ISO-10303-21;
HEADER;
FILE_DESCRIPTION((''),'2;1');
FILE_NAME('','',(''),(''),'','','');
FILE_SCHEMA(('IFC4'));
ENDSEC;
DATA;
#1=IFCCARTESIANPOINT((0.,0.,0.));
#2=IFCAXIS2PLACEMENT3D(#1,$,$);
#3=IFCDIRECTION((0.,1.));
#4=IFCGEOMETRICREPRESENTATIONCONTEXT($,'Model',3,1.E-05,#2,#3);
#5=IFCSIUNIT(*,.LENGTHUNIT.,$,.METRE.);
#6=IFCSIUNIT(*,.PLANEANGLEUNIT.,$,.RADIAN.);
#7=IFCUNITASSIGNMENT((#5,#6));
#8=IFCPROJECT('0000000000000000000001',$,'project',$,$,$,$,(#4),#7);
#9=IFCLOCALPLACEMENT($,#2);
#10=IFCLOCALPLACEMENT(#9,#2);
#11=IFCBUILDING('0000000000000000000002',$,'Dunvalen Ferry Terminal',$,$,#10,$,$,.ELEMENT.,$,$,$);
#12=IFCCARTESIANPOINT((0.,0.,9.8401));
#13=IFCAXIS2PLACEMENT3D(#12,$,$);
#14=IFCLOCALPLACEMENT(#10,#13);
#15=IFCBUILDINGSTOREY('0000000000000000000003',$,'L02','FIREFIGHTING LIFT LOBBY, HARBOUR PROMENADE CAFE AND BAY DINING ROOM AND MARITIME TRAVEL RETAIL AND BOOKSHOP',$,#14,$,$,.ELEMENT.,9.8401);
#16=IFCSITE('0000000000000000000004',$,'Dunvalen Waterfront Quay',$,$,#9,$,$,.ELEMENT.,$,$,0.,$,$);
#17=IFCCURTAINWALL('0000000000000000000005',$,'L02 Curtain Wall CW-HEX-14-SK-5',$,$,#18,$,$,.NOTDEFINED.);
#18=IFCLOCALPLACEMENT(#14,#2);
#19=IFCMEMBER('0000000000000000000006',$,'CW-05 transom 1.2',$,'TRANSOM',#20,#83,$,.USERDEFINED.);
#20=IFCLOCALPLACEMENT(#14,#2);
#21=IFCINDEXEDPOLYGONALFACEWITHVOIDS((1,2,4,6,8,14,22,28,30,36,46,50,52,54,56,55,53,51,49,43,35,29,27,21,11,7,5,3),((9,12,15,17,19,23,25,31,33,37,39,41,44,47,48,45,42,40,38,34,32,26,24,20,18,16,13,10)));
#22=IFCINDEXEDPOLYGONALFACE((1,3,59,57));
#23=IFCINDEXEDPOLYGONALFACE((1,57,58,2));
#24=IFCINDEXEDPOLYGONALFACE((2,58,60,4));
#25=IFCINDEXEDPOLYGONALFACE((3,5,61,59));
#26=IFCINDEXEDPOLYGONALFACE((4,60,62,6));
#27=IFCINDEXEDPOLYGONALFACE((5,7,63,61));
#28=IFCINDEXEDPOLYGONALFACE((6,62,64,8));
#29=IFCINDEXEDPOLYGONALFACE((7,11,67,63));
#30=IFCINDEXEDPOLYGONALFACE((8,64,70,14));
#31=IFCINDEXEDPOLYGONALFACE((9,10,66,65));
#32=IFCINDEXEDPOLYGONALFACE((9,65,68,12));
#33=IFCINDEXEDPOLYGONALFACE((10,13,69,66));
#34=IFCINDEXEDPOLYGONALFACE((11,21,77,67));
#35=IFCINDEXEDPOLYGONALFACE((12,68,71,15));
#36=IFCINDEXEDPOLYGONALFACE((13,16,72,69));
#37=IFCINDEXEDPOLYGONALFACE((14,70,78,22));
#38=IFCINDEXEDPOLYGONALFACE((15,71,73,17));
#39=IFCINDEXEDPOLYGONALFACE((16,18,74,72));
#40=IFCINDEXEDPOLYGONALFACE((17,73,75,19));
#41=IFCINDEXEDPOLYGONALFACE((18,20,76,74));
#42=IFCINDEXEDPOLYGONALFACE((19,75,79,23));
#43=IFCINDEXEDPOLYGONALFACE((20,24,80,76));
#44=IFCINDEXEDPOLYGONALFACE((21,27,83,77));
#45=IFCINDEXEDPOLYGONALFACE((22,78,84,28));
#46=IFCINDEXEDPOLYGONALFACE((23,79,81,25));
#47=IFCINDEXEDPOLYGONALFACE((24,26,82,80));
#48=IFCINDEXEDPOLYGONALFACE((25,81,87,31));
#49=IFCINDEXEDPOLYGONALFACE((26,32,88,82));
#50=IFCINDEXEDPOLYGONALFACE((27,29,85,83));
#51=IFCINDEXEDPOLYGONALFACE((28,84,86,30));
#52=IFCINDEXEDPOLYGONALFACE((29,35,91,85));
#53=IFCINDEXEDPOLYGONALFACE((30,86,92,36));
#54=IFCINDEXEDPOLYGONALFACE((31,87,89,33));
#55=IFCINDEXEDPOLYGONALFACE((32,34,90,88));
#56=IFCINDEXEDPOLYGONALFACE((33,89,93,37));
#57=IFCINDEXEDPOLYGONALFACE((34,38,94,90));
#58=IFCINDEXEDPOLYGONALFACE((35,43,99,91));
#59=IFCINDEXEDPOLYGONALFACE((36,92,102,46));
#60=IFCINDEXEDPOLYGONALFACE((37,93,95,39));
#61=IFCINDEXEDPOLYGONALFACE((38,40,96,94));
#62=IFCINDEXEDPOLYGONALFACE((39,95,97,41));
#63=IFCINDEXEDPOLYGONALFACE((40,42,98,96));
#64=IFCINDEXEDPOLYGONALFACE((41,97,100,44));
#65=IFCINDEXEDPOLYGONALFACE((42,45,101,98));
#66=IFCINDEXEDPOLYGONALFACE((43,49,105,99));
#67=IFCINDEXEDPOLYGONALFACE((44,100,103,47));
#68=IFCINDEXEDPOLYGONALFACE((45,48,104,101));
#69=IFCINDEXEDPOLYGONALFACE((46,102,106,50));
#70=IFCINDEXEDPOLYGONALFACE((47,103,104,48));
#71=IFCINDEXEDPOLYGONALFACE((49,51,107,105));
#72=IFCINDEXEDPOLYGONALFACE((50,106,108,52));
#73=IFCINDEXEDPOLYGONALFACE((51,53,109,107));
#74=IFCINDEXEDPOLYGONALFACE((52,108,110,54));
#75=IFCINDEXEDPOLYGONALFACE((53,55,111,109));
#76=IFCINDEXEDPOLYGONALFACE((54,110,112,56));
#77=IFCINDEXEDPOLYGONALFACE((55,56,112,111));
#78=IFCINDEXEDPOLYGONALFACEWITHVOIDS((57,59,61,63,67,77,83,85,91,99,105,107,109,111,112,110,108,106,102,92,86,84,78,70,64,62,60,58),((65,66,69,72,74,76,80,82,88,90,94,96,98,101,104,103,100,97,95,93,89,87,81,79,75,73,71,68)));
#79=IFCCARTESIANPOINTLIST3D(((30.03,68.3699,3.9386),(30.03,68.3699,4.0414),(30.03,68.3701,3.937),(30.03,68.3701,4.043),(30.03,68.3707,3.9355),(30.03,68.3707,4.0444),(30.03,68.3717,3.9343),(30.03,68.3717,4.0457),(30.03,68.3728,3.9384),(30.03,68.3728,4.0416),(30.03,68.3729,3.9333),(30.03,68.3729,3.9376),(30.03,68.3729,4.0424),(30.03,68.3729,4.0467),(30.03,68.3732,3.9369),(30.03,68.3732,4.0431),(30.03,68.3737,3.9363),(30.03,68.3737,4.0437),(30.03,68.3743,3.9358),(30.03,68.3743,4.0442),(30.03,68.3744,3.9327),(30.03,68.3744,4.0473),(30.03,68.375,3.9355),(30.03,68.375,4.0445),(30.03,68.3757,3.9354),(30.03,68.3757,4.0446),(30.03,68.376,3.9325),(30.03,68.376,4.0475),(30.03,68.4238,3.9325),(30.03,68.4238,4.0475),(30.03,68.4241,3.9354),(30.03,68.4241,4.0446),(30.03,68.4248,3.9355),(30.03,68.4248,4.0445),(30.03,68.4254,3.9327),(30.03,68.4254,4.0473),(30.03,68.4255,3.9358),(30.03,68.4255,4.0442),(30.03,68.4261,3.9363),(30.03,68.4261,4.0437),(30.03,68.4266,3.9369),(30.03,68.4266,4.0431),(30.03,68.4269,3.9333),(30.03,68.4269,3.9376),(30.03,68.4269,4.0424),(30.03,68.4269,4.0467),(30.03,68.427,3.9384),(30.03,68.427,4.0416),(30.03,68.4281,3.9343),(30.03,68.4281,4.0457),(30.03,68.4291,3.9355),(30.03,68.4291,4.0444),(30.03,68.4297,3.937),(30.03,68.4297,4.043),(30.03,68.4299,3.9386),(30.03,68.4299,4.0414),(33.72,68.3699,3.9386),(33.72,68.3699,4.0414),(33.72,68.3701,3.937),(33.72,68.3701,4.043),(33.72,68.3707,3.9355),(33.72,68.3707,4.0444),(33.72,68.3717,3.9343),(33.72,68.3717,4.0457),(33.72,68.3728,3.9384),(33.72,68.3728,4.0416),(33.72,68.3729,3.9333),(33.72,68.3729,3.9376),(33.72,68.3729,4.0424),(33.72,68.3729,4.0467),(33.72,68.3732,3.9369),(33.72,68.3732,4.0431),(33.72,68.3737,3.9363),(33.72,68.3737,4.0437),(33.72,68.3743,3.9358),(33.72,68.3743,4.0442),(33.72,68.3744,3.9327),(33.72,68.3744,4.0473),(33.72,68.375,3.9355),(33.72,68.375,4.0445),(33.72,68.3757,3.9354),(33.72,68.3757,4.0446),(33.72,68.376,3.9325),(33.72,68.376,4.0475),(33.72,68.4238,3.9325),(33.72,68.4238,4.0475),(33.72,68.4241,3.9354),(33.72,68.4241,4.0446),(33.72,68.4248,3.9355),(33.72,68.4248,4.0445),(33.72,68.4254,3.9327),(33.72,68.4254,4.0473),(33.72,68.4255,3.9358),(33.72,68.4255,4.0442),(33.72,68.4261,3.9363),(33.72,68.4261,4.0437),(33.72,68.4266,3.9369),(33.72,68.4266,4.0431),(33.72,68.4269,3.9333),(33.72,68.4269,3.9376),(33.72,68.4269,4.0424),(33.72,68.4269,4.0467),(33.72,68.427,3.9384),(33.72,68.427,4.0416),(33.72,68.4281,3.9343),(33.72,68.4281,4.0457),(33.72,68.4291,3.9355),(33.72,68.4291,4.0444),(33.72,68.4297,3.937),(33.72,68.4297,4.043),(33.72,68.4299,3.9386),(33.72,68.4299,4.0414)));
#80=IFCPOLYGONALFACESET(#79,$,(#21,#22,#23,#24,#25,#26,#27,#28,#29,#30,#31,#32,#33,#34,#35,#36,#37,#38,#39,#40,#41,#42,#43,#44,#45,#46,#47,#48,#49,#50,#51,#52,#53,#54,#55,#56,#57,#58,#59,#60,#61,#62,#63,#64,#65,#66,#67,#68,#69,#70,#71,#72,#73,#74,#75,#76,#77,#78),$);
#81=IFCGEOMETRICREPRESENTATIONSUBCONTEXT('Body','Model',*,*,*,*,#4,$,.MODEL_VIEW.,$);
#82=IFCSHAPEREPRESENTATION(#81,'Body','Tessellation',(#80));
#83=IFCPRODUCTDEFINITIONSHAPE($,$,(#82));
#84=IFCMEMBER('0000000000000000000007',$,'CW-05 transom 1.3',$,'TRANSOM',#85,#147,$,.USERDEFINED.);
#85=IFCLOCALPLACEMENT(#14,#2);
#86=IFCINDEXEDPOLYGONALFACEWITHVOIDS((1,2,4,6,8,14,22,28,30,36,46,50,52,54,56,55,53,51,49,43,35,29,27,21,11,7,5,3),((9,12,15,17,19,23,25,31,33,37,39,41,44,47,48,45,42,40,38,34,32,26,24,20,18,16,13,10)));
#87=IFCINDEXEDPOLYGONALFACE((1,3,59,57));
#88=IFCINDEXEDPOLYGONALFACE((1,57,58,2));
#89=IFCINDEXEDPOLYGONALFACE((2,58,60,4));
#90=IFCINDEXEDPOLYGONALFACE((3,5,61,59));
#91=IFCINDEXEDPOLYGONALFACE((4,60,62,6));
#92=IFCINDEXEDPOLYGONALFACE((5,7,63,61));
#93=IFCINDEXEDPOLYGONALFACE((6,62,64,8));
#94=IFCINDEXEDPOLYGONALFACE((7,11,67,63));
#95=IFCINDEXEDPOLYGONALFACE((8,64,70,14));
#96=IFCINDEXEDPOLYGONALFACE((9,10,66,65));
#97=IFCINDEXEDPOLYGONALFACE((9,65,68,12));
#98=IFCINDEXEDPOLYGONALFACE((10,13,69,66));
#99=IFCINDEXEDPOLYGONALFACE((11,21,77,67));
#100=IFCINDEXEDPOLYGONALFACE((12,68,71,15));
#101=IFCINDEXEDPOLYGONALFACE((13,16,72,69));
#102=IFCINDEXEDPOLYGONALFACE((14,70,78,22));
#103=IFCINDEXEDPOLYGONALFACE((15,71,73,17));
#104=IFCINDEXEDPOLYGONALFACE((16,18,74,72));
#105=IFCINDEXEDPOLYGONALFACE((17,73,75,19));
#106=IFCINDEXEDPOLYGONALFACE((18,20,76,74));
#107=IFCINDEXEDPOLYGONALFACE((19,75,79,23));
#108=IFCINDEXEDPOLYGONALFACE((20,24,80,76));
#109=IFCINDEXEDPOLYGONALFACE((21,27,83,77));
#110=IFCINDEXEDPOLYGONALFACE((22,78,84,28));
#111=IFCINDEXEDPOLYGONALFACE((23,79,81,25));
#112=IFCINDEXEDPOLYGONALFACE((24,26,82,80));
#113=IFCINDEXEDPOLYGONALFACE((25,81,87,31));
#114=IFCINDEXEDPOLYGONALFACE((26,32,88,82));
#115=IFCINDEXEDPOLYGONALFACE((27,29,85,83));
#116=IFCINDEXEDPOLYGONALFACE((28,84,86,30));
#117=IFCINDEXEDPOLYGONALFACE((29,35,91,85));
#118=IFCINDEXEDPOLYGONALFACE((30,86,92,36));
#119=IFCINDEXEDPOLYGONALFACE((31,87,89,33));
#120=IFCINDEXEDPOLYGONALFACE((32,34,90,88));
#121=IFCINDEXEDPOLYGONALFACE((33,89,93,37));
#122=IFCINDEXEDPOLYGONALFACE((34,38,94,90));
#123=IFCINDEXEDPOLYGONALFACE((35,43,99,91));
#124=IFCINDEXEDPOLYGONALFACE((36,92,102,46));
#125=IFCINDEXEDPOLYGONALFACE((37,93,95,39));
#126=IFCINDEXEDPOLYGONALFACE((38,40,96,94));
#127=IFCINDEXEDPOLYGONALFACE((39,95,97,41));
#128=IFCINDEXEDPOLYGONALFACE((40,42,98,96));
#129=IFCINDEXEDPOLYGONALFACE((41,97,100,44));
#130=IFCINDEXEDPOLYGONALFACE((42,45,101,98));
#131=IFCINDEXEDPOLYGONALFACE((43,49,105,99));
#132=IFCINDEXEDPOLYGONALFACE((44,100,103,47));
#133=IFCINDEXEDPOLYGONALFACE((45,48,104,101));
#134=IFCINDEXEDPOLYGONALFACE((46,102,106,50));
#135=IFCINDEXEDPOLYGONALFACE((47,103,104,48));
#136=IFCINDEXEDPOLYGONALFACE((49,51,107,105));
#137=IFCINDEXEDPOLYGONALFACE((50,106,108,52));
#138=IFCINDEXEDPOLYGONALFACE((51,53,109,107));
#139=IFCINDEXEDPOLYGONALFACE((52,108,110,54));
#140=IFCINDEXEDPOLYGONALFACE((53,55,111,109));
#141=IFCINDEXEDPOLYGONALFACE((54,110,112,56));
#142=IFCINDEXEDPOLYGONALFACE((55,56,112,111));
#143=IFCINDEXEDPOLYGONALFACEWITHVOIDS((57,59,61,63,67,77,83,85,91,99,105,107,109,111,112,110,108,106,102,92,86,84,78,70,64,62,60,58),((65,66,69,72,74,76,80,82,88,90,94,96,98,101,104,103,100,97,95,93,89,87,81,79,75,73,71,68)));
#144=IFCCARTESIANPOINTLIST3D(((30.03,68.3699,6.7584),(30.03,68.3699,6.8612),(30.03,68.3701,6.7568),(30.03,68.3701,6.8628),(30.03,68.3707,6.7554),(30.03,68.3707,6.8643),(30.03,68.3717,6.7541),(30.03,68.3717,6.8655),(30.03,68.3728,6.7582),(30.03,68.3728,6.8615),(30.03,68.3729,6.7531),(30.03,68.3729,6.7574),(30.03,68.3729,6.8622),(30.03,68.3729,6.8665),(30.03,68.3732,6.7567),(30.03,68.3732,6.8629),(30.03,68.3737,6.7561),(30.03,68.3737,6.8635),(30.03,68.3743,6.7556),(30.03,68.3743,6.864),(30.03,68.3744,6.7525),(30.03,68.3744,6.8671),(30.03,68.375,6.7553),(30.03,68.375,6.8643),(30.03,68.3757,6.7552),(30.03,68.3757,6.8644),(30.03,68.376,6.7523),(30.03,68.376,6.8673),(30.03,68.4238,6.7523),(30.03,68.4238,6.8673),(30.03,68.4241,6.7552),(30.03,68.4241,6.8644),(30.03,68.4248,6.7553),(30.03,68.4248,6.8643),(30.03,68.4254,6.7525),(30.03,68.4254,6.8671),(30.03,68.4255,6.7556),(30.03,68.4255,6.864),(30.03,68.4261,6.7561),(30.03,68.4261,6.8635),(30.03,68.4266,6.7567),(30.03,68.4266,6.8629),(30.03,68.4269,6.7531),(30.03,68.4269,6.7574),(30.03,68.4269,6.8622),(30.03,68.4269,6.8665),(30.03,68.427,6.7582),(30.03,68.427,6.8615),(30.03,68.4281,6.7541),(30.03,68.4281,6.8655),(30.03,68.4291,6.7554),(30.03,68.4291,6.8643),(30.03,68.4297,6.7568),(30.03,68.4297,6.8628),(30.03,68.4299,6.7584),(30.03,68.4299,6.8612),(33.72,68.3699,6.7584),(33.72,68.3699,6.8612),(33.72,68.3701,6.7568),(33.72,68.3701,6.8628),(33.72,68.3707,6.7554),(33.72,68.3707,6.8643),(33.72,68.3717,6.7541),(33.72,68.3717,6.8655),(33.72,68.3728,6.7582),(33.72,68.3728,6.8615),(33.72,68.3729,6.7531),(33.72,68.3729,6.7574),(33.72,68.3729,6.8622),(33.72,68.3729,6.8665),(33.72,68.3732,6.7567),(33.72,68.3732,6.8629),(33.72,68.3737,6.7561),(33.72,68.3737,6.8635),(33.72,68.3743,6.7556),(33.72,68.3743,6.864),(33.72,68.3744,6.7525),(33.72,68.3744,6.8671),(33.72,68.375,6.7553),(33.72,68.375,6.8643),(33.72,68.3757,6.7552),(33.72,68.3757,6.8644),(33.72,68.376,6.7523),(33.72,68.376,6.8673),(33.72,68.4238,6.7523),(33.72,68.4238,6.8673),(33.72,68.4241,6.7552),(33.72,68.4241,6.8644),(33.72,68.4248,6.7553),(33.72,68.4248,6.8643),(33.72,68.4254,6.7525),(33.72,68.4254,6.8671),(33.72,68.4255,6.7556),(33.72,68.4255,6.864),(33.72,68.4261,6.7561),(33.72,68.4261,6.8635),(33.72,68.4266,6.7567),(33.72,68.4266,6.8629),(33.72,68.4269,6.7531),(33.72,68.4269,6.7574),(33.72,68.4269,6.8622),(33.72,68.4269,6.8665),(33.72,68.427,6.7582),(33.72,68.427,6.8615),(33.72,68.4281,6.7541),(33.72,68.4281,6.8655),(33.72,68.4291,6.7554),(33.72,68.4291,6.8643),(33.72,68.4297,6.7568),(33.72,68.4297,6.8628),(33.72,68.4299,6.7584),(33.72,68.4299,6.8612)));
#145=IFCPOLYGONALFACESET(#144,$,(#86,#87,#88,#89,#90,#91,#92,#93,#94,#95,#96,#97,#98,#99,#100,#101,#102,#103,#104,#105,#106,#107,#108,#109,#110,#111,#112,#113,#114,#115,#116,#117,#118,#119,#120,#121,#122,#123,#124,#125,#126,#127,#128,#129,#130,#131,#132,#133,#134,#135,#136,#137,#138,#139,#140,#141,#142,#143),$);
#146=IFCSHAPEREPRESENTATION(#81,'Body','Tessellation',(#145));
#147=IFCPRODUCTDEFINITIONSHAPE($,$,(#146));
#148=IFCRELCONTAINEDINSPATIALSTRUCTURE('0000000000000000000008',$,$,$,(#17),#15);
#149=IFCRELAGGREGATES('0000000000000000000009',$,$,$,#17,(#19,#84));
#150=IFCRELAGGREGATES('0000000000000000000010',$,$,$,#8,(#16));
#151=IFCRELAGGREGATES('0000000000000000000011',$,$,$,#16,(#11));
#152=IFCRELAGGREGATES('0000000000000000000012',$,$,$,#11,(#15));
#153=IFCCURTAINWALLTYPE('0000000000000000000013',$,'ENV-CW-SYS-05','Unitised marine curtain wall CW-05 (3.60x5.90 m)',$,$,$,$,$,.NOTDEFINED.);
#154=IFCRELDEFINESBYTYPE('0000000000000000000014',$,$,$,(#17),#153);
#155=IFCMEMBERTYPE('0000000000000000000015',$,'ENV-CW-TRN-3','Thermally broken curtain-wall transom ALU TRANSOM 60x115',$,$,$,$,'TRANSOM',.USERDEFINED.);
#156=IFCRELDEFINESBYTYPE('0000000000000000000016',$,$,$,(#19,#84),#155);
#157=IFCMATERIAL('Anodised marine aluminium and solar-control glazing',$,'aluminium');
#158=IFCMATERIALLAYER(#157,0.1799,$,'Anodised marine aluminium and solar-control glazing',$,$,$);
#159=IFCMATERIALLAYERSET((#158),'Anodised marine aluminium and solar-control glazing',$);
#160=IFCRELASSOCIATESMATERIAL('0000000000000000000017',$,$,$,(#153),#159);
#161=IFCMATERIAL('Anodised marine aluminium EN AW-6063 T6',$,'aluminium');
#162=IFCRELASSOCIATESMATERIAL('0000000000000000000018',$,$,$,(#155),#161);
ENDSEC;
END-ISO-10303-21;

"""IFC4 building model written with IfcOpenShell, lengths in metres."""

from ifc_helpers import new_model, si_unit, direction, frame, origin, origin_2d, place, context, subcontext, project, spatial, hollow_rectangle, extrude, material, layer, layer_set, material_profile, profile_set, type_object, element, aggregate, save


model = new_model("IFC4")

# Units and contexts
model_context = context("Model", 3, precision=1e-05, world=origin(), true_north=direction((0.0, 1.0)))
body_context = subcontext(model_context, "Body", "Model", "MODEL_VIEW")
ifc_project = project(units=[si_unit("LENGTHUNIT", "METRE"), si_unit("PLANEANGLEUNIT", "RADIAN")], contexts=[model_context])

# Site, building, storey
site_placement = place(None, origin())
site = spatial("IfcSite", under=ifc_project, at=site_placement, Name="Dunvalen Waterfront Quay", CompositionType="ELEMENT", RefElevation=0.0)
building_placement = place(site_placement, origin())
building = spatial("IfcBuilding", under=site, at=building_placement, Name="Dunvalen Ferry Terminal", CompositionType="ELEMENT")
storey_placement = place(building_placement, frame((0.0, 0.0, 9.8401)))
storey = spatial("IfcBuildingStorey", under=building, at=storey_placement, Name="L02", Description="FIREFIGHTING LIFT LOBBY, HARBOUR PROMENADE CAFE AND BAY DINING ROOM AND MARITIME TRAVEL RETAIL AND BOOKSHOP", CompositionType="ELEMENT", Elevation=9.8401)

# Curtain wall
ifc_material_1 = material(Name="Anodised marine aluminium and solar-control glazing", Category="aluminium")
ifc_layer_1 = layer(ifc_material_1, 0.1799, Name="Anodised marine aluminium and solar-control glazing")
ifc_layer_set_1 = layer_set([ifc_layer_1], Name="Anodised marine aluminium and solar-control glazing")
curtain_wall_type_1 = type_object("IfcCurtainWallType", Name="ENV-CW-SYS-05", Description="Unitised marine curtain wall CW-05 (3.60x5.90 m)", PredefinedType="NOTDEFINED", material=ifc_layer_set_1)
curtain_wall_1_placement = place(storey_placement, origin())
curtain_wall_1 = element("IfcCurtainWall", 1, at=curtain_wall_1_placement, inside=storey, type_object=curtain_wall_type_1, Name="L02 Curtain Wall CW-HEX-14-SK-5", PredefinedType="NOTDEFINED")
ifc_material_2 = material(Name="Anodised marine aluminium EN AW-6063 T6", Category="aluminium")

# Members
ifc_material_profile_1 = material_profile(ifc_material_2, hollow_rectangle(XDim=0.0601, YDim=0.115, WallThickness=0.0029, InnerFilletRadius=0.0029, OuterFilletRadius=0.0061, at=origin_2d()), Name="Anodised marine aluminium EN AW-6063 T6")
ifc_profile_set_1 = profile_set([ifc_material_profile_1], Name="Anodised marine aluminium EN AW-6063 T6")
member_type_1 = type_object("IfcMemberType", Name="ENV-CW-TRN-3", Description="Thermally broken curtain-wall transom ALU TRANSOM 60x115", ElementType="TRANSOM", PredefinedType="USERDEFINED", material=ifc_profile_set_1)
member_1_placement = place(storey_placement, frame((33.72, 68.3999, 3.99), z_axis=(-1.0, 0.0, 0.0), x_axis=(0.0, -1.0, 0.0)))
member_1 = element("IfcMember", 2, at=member_1_placement, type_object=member_type_1, Name="CW-05 transom 1.2", ObjectType="TRANSOM", PredefinedType="USERDEFINED", context=body_context, shape_type="SweptSolid", body=[
    extrude(hollow_rectangle(XDim=0.0601, YDim=0.115, WallThickness=0.0029, InnerFilletRadius=0.0029, OuterFilletRadius=0.0061, at=origin_2d()), origin(), (0.0, 0.0, 1.0), 3.6899),
])
member_2_placement = place(storey_placement, frame((33.72, 68.3999, 6.8098), z_axis=(-1.0, 0.0, 0.0), x_axis=(0.0, -1.0, 0.0)))
member_2 = element("IfcMember", 3, at=member_2_placement, type_object=member_type_1, Name="CW-05 transom 1.3", ObjectType="TRANSOM", PredefinedType="USERDEFINED", context=body_context, shape_type="SweptSolid", body=[
    extrude(hollow_rectangle(XDim=0.0601, YDim=0.115, WallThickness=0.0029, InnerFilletRadius=0.0029, OuterFilletRadius=0.0061, at=origin_2d()), origin(), (0.0, 0.0, 1.0), 3.6899),
])

aggregate(curtain_wall_1, [member_1, member_2])

save(model, "model.ifc")
